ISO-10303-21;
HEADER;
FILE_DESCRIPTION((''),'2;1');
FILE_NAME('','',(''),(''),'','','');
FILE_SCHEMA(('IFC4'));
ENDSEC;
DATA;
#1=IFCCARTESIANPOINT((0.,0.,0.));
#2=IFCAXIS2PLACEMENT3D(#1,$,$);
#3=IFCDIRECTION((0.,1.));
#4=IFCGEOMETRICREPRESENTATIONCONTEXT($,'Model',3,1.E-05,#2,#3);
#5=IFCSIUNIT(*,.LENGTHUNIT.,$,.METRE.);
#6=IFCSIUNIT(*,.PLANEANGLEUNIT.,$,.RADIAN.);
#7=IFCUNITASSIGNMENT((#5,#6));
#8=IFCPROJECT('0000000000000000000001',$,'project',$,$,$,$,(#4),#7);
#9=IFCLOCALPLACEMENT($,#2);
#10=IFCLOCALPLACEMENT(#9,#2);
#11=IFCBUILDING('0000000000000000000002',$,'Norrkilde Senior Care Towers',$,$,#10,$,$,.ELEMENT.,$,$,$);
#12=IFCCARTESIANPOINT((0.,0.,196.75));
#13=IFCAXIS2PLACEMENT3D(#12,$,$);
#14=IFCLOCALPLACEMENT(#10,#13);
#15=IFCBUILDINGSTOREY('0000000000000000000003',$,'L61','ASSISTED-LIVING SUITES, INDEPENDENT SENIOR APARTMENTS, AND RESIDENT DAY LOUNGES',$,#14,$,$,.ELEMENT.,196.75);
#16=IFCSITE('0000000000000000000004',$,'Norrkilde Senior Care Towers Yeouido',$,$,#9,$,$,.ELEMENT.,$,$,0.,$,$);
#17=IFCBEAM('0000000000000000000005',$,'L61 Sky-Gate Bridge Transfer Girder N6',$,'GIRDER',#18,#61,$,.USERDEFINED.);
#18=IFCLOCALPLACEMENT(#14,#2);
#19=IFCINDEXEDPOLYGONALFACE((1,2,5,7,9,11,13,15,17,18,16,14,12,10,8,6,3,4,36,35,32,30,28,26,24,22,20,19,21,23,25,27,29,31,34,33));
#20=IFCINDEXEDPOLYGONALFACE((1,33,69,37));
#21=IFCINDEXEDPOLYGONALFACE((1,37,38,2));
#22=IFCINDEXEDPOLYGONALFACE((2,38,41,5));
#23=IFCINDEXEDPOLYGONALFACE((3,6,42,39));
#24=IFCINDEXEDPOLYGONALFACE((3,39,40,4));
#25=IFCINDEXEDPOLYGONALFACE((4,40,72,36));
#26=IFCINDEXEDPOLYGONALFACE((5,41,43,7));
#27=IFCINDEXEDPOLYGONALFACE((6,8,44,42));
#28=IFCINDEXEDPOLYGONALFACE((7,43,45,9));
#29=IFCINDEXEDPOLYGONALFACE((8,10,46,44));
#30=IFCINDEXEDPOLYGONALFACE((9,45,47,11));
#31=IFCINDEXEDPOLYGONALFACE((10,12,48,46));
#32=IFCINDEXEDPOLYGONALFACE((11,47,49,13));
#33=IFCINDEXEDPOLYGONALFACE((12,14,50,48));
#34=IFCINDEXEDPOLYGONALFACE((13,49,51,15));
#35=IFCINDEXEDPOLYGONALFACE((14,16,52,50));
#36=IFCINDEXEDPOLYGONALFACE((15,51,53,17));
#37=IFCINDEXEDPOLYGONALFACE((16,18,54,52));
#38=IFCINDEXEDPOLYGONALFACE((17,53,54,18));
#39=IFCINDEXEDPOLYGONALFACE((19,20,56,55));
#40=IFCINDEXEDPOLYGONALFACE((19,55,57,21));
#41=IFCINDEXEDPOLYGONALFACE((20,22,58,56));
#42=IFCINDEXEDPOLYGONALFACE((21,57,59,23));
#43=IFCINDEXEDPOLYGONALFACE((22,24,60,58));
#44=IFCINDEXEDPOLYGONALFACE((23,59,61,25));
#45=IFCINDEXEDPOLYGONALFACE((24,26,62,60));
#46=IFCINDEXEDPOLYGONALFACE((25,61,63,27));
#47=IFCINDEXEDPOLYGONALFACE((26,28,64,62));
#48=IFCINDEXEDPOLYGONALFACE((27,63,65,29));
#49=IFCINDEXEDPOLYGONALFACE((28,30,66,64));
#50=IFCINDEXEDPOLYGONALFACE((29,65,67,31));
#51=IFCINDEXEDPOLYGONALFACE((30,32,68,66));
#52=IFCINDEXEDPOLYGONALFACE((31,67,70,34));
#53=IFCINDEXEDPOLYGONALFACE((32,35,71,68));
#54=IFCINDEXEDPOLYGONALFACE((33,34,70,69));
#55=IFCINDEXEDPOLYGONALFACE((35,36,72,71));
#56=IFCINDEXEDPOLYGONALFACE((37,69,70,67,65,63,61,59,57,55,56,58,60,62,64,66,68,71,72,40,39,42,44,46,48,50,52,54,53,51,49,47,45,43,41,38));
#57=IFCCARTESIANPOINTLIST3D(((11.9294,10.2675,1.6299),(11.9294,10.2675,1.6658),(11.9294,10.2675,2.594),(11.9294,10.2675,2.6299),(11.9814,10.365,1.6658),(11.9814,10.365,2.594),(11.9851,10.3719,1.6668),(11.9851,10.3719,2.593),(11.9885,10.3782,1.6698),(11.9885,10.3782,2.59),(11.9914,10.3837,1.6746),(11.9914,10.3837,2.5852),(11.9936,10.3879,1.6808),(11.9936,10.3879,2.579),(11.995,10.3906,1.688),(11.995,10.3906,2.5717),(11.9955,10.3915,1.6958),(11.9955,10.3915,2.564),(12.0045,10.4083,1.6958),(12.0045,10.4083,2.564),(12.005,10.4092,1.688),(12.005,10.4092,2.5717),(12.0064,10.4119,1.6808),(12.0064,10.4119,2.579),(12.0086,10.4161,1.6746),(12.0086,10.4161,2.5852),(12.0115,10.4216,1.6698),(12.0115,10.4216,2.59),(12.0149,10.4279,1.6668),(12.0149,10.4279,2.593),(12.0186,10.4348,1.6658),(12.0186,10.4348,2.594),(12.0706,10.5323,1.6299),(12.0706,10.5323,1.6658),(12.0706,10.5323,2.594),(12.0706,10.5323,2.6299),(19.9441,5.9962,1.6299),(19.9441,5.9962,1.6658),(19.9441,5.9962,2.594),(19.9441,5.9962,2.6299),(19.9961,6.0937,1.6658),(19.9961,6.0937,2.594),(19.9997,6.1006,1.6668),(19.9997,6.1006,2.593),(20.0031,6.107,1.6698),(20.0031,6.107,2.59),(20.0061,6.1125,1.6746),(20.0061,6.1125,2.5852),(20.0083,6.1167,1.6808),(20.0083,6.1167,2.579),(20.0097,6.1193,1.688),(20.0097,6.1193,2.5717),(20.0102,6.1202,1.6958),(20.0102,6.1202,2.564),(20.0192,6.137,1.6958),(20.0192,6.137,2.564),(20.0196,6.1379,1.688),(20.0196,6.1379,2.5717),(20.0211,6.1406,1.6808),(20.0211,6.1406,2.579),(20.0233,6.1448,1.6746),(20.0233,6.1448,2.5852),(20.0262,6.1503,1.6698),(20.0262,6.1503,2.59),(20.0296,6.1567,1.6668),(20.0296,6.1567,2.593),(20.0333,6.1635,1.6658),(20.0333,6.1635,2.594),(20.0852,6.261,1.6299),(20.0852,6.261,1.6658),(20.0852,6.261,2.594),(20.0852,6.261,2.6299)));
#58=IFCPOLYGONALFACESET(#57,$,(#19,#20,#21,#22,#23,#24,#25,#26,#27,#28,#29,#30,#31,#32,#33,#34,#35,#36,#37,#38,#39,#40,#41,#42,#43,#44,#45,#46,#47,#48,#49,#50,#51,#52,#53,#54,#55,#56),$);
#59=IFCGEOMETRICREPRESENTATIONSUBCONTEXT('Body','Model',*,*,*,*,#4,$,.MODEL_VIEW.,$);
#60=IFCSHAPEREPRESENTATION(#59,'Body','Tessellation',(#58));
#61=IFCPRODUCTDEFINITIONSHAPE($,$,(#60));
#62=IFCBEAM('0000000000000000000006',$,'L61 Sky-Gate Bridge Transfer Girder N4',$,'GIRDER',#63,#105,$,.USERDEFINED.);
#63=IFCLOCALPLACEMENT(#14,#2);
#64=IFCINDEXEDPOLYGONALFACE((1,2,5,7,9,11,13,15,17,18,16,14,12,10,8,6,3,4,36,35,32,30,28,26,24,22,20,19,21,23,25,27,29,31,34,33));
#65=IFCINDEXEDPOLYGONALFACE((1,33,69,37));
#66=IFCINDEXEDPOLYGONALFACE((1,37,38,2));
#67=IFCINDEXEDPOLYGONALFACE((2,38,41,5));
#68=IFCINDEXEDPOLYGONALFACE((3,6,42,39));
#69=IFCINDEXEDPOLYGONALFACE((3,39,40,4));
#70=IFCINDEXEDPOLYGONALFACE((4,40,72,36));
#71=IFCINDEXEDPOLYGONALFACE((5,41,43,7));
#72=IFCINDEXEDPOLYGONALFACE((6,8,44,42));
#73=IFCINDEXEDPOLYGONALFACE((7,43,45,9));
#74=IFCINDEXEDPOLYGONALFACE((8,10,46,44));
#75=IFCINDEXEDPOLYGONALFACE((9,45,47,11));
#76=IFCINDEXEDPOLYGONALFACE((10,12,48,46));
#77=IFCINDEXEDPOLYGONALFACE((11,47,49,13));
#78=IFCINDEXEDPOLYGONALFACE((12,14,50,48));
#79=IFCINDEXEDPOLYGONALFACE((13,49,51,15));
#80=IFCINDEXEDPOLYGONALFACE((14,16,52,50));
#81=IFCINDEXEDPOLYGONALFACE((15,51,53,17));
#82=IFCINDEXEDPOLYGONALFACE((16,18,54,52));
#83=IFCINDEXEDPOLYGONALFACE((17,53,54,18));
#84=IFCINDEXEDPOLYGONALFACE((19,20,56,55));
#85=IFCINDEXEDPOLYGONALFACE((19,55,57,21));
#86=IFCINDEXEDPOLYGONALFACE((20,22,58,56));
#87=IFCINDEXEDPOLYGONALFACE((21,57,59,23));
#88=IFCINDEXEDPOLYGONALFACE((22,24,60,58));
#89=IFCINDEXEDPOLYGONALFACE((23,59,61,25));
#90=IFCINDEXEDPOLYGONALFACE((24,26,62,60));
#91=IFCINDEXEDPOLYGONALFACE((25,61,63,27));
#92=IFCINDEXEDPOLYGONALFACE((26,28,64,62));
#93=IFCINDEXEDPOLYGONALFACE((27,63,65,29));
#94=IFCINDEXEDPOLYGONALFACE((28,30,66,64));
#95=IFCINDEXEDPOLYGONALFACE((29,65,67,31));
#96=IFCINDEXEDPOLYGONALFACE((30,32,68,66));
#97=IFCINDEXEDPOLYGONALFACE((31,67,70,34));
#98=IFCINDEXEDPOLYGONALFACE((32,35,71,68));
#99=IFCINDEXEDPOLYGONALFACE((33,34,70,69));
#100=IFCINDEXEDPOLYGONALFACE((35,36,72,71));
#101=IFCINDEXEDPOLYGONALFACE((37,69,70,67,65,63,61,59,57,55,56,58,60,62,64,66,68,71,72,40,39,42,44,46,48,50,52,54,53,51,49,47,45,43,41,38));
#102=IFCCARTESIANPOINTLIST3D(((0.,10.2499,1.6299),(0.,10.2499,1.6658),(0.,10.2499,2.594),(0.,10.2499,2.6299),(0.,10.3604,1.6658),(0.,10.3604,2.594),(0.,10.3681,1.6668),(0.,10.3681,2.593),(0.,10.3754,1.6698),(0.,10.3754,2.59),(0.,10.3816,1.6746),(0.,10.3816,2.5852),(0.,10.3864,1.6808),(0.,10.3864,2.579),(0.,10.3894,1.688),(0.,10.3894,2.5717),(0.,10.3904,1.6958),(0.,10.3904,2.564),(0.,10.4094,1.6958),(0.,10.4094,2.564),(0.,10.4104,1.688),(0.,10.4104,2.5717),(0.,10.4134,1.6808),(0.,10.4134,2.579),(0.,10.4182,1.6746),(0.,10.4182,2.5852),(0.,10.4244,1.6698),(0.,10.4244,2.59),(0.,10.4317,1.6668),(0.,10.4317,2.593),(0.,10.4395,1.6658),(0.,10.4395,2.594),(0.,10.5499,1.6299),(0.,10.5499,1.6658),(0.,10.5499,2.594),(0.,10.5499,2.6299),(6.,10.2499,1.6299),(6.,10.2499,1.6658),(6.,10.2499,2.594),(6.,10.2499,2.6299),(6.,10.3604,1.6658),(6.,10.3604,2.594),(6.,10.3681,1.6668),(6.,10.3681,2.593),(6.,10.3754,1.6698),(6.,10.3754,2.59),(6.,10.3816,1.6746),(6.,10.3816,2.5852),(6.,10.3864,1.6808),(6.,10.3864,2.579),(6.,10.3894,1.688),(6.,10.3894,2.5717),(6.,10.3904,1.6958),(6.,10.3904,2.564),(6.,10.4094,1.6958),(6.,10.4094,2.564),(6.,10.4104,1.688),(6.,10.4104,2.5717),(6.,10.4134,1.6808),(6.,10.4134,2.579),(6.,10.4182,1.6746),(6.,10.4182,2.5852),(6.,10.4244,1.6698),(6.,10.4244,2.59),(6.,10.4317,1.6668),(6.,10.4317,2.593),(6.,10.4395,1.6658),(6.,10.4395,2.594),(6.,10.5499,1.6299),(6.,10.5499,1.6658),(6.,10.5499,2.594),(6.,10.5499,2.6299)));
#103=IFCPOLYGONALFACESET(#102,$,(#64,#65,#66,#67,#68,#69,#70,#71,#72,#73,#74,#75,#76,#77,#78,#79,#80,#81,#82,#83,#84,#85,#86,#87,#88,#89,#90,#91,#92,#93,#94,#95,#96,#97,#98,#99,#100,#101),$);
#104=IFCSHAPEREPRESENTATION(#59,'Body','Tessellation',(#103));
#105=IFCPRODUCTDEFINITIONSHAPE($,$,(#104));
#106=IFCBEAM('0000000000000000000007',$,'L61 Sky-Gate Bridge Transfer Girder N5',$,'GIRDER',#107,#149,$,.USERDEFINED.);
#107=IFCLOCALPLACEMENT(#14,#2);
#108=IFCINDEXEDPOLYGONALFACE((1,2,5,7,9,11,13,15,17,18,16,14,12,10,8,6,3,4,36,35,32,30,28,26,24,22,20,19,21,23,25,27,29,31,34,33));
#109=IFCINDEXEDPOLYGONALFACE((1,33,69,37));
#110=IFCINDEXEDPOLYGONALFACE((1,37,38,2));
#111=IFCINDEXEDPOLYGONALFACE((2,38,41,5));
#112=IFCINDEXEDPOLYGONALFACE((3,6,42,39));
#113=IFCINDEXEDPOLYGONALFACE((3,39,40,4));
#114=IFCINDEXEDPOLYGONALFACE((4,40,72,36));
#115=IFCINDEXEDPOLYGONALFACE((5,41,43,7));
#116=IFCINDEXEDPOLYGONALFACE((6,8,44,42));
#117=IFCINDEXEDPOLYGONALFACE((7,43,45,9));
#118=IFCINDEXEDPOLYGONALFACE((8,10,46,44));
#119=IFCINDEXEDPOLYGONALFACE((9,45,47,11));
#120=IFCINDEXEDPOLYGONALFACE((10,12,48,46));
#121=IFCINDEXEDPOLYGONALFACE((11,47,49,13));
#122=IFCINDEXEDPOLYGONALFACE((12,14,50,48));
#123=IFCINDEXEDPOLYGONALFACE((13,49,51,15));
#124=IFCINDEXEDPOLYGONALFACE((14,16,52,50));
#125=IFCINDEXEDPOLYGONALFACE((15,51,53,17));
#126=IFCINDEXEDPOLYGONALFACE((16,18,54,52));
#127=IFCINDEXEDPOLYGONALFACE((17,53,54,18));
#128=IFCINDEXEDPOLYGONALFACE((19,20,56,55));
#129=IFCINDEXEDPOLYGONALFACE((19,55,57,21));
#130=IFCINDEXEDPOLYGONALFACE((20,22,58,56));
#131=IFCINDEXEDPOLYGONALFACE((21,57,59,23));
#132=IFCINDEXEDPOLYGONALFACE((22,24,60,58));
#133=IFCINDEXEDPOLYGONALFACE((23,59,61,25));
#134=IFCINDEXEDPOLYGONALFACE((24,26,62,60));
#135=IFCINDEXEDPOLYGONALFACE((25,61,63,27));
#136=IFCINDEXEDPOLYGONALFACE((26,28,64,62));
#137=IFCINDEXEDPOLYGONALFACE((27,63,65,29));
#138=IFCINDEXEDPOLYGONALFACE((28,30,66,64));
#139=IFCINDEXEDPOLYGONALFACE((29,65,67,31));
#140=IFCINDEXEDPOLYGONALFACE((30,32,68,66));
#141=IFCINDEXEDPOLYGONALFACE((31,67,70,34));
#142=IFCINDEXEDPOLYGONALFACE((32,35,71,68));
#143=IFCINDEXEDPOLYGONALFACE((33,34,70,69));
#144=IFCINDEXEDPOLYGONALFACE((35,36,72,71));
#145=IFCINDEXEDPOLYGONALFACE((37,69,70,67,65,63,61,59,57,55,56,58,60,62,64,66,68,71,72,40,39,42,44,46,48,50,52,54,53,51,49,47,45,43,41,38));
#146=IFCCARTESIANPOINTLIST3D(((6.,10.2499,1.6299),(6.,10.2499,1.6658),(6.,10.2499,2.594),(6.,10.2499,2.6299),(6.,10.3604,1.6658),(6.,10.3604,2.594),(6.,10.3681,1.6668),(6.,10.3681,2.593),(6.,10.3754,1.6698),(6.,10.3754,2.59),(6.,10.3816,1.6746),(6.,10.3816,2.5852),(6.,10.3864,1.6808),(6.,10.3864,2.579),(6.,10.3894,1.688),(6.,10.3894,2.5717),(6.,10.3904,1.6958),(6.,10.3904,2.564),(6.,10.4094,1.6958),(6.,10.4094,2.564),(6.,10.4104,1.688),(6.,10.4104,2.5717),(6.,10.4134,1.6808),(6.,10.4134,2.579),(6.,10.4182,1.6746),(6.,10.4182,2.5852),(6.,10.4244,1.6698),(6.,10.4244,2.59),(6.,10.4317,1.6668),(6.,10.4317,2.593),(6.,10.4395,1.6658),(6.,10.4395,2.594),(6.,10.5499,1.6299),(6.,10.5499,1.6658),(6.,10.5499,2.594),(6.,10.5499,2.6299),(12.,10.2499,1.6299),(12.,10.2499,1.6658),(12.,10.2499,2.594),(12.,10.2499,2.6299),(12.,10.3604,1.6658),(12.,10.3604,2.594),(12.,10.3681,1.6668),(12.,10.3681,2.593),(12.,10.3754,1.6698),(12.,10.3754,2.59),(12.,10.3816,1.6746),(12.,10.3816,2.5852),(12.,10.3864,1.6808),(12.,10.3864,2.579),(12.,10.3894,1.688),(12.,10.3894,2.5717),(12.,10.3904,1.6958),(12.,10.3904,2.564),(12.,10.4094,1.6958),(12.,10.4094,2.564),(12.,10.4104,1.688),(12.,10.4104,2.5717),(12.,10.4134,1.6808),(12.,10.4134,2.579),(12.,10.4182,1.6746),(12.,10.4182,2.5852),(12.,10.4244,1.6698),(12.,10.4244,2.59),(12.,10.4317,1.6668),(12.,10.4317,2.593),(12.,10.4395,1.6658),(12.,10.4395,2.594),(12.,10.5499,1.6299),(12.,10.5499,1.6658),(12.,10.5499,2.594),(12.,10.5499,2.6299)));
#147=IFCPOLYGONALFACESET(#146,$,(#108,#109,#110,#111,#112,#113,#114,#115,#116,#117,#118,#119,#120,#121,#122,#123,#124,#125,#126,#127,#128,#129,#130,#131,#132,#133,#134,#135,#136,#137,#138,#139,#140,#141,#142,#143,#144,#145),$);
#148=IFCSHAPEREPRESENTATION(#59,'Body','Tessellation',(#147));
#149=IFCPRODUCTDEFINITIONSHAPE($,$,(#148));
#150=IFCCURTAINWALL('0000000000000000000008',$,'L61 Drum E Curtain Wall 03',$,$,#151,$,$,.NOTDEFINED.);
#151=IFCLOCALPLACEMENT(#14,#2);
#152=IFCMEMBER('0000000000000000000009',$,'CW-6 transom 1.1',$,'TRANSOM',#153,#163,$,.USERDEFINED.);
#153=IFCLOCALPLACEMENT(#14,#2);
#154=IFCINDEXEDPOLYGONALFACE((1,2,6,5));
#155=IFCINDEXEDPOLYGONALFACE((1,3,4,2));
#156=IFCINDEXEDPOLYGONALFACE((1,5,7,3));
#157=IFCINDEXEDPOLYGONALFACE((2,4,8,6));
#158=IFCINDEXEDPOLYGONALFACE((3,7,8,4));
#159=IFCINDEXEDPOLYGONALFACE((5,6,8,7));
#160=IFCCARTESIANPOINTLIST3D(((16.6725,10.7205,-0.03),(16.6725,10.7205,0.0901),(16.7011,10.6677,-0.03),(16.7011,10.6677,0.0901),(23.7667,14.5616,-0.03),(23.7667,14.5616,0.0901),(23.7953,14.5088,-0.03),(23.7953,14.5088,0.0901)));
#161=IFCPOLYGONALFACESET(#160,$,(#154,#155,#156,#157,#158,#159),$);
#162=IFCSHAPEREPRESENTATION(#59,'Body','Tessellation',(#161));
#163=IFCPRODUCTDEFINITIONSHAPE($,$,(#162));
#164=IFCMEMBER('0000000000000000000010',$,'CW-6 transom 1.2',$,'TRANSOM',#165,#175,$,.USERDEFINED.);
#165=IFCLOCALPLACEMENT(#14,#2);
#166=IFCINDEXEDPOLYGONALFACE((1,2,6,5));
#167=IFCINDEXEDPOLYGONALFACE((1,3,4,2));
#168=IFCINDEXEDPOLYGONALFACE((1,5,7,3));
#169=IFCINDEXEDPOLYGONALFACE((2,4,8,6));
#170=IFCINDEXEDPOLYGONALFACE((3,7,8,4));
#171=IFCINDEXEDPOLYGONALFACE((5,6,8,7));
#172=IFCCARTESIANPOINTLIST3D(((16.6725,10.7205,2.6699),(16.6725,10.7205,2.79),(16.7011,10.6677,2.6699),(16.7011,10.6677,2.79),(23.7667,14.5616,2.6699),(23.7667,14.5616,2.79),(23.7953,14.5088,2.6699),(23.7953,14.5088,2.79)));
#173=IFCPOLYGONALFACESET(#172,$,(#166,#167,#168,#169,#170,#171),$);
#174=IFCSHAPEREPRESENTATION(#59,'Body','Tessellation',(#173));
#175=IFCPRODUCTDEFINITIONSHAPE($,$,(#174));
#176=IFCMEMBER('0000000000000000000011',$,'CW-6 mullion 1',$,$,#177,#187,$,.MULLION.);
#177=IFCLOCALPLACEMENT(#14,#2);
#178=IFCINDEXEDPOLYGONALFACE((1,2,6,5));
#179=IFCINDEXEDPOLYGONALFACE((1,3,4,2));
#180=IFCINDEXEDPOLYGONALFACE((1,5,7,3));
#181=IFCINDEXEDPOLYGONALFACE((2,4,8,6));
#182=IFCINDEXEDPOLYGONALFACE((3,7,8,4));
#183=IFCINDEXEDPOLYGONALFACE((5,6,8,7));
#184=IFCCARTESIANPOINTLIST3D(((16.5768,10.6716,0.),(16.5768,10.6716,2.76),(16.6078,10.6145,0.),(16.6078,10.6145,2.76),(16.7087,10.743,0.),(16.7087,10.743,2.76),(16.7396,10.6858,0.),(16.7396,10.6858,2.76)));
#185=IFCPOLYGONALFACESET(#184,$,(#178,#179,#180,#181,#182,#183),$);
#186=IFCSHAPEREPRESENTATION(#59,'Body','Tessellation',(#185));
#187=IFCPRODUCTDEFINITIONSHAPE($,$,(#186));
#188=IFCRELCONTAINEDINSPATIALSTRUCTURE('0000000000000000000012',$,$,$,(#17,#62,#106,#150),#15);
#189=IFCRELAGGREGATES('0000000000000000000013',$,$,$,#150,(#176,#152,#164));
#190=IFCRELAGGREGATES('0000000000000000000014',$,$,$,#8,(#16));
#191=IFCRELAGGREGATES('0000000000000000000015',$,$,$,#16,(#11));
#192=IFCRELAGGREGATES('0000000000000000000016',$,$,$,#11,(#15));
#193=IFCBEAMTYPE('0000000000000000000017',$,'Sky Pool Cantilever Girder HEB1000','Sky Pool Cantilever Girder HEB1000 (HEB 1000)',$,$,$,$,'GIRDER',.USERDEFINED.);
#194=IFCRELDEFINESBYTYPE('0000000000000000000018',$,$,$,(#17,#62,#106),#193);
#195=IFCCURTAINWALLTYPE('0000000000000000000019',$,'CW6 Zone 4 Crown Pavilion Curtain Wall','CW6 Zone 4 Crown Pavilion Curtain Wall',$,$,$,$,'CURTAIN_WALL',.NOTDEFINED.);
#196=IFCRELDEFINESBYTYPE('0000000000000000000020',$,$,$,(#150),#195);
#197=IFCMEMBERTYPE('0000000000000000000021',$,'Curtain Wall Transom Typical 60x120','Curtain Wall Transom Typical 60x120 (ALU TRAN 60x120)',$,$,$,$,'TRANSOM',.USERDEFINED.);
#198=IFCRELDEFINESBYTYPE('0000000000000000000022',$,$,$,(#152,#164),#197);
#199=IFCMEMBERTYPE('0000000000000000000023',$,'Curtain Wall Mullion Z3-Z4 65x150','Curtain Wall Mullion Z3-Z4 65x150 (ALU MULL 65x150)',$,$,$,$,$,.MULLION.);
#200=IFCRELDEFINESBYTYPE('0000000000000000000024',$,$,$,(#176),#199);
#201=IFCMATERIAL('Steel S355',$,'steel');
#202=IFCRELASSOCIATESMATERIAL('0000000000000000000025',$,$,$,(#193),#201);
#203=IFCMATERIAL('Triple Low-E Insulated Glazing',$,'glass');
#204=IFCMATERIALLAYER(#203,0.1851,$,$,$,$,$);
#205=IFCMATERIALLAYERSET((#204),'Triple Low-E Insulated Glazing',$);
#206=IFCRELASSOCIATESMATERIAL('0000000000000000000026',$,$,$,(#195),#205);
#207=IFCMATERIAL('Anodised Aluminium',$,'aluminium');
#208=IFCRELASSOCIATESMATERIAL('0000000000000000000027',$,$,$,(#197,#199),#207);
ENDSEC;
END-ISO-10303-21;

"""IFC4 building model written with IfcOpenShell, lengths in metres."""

from ifc_helpers import new_model, si_unit, direction, frame, origin, origin_2d, place, context, subcontext, project, spatial, rectangle, i_section, extrude, source, transform, mapped, material, layer, layer_set, material_profile, profile_set, type_object, type_shapes, element, aggregate, save


model = new_model("IFC4")

# Units and contexts
model_context = context("Model", 3, precision=1e-05, world=origin(), true_north=direction((0.0, 1.0)))
body_context = subcontext(model_context, "Body", "Model", "MODEL_VIEW")
ifc_project = project(units=[si_unit("LENGTHUNIT", "METRE"), si_unit("PLANEANGLEUNIT", "RADIAN")], contexts=[model_context])

# Site, building, storey
site_placement = place(None, origin())
site = spatial("IfcSite", under=ifc_project, at=site_placement, Name="Norrkilde Senior Care Towers Yeouido", CompositionType="ELEMENT", RefElevation=0.0)
building_placement = place(site_placement, origin())
building = spatial("IfcBuilding", under=site, at=building_placement, Name="Norrkilde Senior Care Towers", CompositionType="ELEMENT")
storey_placement = place(building_placement, frame((0.0, 0.0, 196.75)))
storey = spatial("IfcBuildingStorey", under=building, at=storey_placement, Name="L61", Description="ASSISTED-LIVING SUITES, INDEPENDENT SENIOR APARTMENTS, AND RESIDENT DAY LOUNGES", CompositionType="ELEMENT", Elevation=196.75)

# Beams
ifc_material_1 = material(Name="Steel S355", Category="steel")
ifc_material_profile_1 = material_profile(ifc_material_1, i_section(OverallWidth=0.3, OverallDepth=1.0, WebThickness=0.019, FlangeThickness=0.0359, FilletRadius=0.03, at=origin_2d()), Name="HEB 1000")
ifc_profile_set_1 = profile_set([ifc_material_profile_1], Name="Steel S355")
beam_type_1 = type_object("IfcBeamType", Name="Sky Pool Cantilever Girder HEB1000", Description="Sky Pool Cantilever Girder HEB1000 (HEB 1000)", ElementType="GIRDER", PredefinedType="USERDEFINED", material=ifc_profile_set_1)
shared_shape_1 = source(origin(), body_context, "Body", "SweptSolid", [
    extrude(i_section(OverallWidth=0.3, OverallDepth=1.0, WebThickness=0.019, FlangeThickness=0.0359, FilletRadius=0.03, at=origin_2d()), origin(), (0.0, 0.0, 1.0), 9.0818),
])
beam_1_placement = place(storey_placement, frame((12.0, 10.3999, 2.1299), z_axis=(0.882501, -0.470311, 0.0), x_axis=(0.470311, 0.882501, 0.0)))
element("IfcBeam", 1, at=beam_1_placement, inside=storey, type_object=beam_type_1, Name="L61 Sky-Gate Bridge Transfer Girder N6", ObjectType="GIRDER", PredefinedType="USERDEFINED", context=body_context, shape_type="MappedRepresentation", body=[
    mapped(shared_shape_1, transform((0.0, 0.0, 0.0), x_axis=(1.0, 0.0, 0.0), y_axis=(0.0, 1.0, 0.0), z_axis=(0.0, 0.0, 1.0), scale=1.0)),
])
shared_shape_2 = source(origin(), body_context, "Body", "SweptSolid", [
    extrude(i_section(OverallWidth=0.3, OverallDepth=1.0, WebThickness=0.019, FlangeThickness=0.0359, FilletRadius=0.03, at=origin_2d()), origin(), (0.0, 0.0, 1.0), 6.0),
])
type_shapes(beam_type_1, [shared_shape_1, shared_shape_2])
for number, where, z_axis, x_axis, name in (
    (2, (0.0, 10.3999, 2.1299), (1.0, 0.0, 0.0), (0.0, 1.0, 0.0), "L61 Sky-Gate Bridge Transfer Girder N4"),
    (3, (6.0, 10.3999, 2.1299), (1.0, 0.0, 0.0), (0.0, 1.0, 0.0), "L61 Sky-Gate Bridge Transfer Girder N5"),
):
    element("IfcBeam", number, at=place(storey_placement, frame(where, z_axis=z_axis, x_axis=x_axis)), inside=storey, type_object=beam_type_1, Name=name, ObjectType="GIRDER", PredefinedType="USERDEFINED", context=body_context, shape_type="MappedRepresentation", body=[
        mapped(shared_shape_2, transform((0.0, 0.0, 0.0), x_axis=(1.0, 0.0, 0.0), y_axis=(0.0, 1.0, 0.0), z_axis=(0.0, 0.0, 1.0), scale=1.0)),
    ])

# Curtain wall, members
ifc_material_2 = material(Name="Triple Low-E Insulated Glazing", Category="glass")
ifc_layer_1 = layer(ifc_material_2, 0.1851)
ifc_layer_set_1 = layer_set([ifc_layer_1], Name="Triple Low-E Insulated Glazing")
curtain_wall_type = type_object("IfcCurtainWallType", Name="CW6 Zone 4 Crown Pavilion Curtain Wall", Description="CW6 Zone 4 Crown Pavilion Curtain Wall", ElementType="CURTAIN_WALL", PredefinedType="NOTDEFINED", material=ifc_layer_set_1)
curtain_wall_1_placement = place(storey_placement, origin())
curtain_wall_1 = element("IfcCurtainWall", 4, at=curtain_wall_1_placement, inside=storey, type_object=curtain_wall_type, Name="L61 Drum E Curtain Wall 03", PredefinedType="NOTDEFINED")
ifc_material_3 = material(Name="Anodised Aluminium", Category="aluminium")
ifc_material_profile_2 = material_profile(ifc_material_3, rectangle(XDim=0.0601, YDim=0.1201, at=origin_2d()), Name="ALU TRAN 60x120")
ifc_profile_set_2 = profile_set([ifc_material_profile_2], Name="Anodised Aluminium")
member_type_1 = type_object("IfcMemberType", Name="Curtain Wall Transom Typical 60x120", Description="Curtain Wall Transom Typical 60x120 (ALU TRAN 60x120)", ElementType="TRANSOM", PredefinedType="USERDEFINED", material=ifc_profile_set_2)
shared_shape_3 = source(origin(), body_context, "Body", "SweptSolid", [
    extrude(rectangle(XDim=0.0601, YDim=0.1201, at=origin_2d()), origin(), (0.0, 0.0, 1.0), 8.0674),
])
type_shapes(member_type_1, [shared_shape_3])
member_1_placement = place(storey_placement, frame((16.6868, 10.6941, 0.03), z_axis=(0.879378, 0.476125, 0.0), x_axis=(-0.476125, 0.879378, 0.0)))
member_1 = element("IfcMember", 5, at=member_1_placement, type_object=member_type_1, Name="CW-6 transom 1.1", ObjectType="TRANSOM", PredefinedType="USERDEFINED", context=body_context, shape_type="MappedRepresentation", body=[
    mapped(shared_shape_3, transform((0.0, 0.0, 0.0), x_axis=(1.0, 0.0, 0.0), y_axis=(0.0, 1.0, 0.0), z_axis=(0.0, 0.0, 1.0), scale=1.0)),
])
member_2_placement = place(storey_placement, frame((16.6868, 10.6941, 2.73), z_axis=(0.879378, 0.476125, 0.0), x_axis=(-0.476125, 0.879378, 0.0)))
member_2 = element("IfcMember", 6, at=member_2_placement, type_object=member_type_1, Name="CW-6 transom 1.2", ObjectType="TRANSOM", PredefinedType="USERDEFINED", context=body_context, shape_type="MappedRepresentation", body=[
    mapped(shared_shape_3, transform((0.0, 0.0, 0.0), x_axis=(1.0, 0.0, 0.0), y_axis=(0.0, 1.0, 0.0), z_axis=(0.0, 0.0, 1.0), scale=1.0)),
])
ifc_material_profile_3 = material_profile(ifc_material_3, rectangle(XDim=0.0649, YDim=0.1499, at=origin_2d()), Name="ALU MULL 65x150")
ifc_profile_set_3 = profile_set([ifc_material_profile_3], Name="Anodised Aluminium")
member_type_2 = type_object("IfcMemberType", Name="Curtain Wall Mullion Z3-Z4 65x150", Description="Curtain Wall Mullion Z3-Z4 65x150 (ALU MULL 65x150)", PredefinedType="MULLION", material=ifc_profile_set_3)
shared_shape_4 = source(origin(), body_context, "Body", "SweptSolid", [
    extrude(rectangle(XDim=0.0649, YDim=0.1499, at=origin_2d()), origin(), (0.0, 0.0, 1.0), 2.76),
])
type_shapes(member_type_2, [shared_shape_4])
member_3_placement = place(storey_placement, frame((16.6582, 10.6787, 0.0), z_axis=(0.0, 0.0, 1.0), x_axis=(-0.476133, 0.879373, 0.0)))
member_3 = element("IfcMember", 7, at=member_3_placement, type_object=member_type_2, Name="CW-6 mullion 1", PredefinedType="MULLION", context=body_context, shape_type="MappedRepresentation", body=[
    mapped(shared_shape_4, transform((0.0, 0.0, 0.0), x_axis=(1.0, 0.0, 0.0), y_axis=(0.0, 1.0, 0.0), z_axis=(0.0, 0.0, 1.0), scale=1.0)),
])
aggregate(curtain_wall_1, [member_3, member_1, member_2])

save(model, "model.ifc")
